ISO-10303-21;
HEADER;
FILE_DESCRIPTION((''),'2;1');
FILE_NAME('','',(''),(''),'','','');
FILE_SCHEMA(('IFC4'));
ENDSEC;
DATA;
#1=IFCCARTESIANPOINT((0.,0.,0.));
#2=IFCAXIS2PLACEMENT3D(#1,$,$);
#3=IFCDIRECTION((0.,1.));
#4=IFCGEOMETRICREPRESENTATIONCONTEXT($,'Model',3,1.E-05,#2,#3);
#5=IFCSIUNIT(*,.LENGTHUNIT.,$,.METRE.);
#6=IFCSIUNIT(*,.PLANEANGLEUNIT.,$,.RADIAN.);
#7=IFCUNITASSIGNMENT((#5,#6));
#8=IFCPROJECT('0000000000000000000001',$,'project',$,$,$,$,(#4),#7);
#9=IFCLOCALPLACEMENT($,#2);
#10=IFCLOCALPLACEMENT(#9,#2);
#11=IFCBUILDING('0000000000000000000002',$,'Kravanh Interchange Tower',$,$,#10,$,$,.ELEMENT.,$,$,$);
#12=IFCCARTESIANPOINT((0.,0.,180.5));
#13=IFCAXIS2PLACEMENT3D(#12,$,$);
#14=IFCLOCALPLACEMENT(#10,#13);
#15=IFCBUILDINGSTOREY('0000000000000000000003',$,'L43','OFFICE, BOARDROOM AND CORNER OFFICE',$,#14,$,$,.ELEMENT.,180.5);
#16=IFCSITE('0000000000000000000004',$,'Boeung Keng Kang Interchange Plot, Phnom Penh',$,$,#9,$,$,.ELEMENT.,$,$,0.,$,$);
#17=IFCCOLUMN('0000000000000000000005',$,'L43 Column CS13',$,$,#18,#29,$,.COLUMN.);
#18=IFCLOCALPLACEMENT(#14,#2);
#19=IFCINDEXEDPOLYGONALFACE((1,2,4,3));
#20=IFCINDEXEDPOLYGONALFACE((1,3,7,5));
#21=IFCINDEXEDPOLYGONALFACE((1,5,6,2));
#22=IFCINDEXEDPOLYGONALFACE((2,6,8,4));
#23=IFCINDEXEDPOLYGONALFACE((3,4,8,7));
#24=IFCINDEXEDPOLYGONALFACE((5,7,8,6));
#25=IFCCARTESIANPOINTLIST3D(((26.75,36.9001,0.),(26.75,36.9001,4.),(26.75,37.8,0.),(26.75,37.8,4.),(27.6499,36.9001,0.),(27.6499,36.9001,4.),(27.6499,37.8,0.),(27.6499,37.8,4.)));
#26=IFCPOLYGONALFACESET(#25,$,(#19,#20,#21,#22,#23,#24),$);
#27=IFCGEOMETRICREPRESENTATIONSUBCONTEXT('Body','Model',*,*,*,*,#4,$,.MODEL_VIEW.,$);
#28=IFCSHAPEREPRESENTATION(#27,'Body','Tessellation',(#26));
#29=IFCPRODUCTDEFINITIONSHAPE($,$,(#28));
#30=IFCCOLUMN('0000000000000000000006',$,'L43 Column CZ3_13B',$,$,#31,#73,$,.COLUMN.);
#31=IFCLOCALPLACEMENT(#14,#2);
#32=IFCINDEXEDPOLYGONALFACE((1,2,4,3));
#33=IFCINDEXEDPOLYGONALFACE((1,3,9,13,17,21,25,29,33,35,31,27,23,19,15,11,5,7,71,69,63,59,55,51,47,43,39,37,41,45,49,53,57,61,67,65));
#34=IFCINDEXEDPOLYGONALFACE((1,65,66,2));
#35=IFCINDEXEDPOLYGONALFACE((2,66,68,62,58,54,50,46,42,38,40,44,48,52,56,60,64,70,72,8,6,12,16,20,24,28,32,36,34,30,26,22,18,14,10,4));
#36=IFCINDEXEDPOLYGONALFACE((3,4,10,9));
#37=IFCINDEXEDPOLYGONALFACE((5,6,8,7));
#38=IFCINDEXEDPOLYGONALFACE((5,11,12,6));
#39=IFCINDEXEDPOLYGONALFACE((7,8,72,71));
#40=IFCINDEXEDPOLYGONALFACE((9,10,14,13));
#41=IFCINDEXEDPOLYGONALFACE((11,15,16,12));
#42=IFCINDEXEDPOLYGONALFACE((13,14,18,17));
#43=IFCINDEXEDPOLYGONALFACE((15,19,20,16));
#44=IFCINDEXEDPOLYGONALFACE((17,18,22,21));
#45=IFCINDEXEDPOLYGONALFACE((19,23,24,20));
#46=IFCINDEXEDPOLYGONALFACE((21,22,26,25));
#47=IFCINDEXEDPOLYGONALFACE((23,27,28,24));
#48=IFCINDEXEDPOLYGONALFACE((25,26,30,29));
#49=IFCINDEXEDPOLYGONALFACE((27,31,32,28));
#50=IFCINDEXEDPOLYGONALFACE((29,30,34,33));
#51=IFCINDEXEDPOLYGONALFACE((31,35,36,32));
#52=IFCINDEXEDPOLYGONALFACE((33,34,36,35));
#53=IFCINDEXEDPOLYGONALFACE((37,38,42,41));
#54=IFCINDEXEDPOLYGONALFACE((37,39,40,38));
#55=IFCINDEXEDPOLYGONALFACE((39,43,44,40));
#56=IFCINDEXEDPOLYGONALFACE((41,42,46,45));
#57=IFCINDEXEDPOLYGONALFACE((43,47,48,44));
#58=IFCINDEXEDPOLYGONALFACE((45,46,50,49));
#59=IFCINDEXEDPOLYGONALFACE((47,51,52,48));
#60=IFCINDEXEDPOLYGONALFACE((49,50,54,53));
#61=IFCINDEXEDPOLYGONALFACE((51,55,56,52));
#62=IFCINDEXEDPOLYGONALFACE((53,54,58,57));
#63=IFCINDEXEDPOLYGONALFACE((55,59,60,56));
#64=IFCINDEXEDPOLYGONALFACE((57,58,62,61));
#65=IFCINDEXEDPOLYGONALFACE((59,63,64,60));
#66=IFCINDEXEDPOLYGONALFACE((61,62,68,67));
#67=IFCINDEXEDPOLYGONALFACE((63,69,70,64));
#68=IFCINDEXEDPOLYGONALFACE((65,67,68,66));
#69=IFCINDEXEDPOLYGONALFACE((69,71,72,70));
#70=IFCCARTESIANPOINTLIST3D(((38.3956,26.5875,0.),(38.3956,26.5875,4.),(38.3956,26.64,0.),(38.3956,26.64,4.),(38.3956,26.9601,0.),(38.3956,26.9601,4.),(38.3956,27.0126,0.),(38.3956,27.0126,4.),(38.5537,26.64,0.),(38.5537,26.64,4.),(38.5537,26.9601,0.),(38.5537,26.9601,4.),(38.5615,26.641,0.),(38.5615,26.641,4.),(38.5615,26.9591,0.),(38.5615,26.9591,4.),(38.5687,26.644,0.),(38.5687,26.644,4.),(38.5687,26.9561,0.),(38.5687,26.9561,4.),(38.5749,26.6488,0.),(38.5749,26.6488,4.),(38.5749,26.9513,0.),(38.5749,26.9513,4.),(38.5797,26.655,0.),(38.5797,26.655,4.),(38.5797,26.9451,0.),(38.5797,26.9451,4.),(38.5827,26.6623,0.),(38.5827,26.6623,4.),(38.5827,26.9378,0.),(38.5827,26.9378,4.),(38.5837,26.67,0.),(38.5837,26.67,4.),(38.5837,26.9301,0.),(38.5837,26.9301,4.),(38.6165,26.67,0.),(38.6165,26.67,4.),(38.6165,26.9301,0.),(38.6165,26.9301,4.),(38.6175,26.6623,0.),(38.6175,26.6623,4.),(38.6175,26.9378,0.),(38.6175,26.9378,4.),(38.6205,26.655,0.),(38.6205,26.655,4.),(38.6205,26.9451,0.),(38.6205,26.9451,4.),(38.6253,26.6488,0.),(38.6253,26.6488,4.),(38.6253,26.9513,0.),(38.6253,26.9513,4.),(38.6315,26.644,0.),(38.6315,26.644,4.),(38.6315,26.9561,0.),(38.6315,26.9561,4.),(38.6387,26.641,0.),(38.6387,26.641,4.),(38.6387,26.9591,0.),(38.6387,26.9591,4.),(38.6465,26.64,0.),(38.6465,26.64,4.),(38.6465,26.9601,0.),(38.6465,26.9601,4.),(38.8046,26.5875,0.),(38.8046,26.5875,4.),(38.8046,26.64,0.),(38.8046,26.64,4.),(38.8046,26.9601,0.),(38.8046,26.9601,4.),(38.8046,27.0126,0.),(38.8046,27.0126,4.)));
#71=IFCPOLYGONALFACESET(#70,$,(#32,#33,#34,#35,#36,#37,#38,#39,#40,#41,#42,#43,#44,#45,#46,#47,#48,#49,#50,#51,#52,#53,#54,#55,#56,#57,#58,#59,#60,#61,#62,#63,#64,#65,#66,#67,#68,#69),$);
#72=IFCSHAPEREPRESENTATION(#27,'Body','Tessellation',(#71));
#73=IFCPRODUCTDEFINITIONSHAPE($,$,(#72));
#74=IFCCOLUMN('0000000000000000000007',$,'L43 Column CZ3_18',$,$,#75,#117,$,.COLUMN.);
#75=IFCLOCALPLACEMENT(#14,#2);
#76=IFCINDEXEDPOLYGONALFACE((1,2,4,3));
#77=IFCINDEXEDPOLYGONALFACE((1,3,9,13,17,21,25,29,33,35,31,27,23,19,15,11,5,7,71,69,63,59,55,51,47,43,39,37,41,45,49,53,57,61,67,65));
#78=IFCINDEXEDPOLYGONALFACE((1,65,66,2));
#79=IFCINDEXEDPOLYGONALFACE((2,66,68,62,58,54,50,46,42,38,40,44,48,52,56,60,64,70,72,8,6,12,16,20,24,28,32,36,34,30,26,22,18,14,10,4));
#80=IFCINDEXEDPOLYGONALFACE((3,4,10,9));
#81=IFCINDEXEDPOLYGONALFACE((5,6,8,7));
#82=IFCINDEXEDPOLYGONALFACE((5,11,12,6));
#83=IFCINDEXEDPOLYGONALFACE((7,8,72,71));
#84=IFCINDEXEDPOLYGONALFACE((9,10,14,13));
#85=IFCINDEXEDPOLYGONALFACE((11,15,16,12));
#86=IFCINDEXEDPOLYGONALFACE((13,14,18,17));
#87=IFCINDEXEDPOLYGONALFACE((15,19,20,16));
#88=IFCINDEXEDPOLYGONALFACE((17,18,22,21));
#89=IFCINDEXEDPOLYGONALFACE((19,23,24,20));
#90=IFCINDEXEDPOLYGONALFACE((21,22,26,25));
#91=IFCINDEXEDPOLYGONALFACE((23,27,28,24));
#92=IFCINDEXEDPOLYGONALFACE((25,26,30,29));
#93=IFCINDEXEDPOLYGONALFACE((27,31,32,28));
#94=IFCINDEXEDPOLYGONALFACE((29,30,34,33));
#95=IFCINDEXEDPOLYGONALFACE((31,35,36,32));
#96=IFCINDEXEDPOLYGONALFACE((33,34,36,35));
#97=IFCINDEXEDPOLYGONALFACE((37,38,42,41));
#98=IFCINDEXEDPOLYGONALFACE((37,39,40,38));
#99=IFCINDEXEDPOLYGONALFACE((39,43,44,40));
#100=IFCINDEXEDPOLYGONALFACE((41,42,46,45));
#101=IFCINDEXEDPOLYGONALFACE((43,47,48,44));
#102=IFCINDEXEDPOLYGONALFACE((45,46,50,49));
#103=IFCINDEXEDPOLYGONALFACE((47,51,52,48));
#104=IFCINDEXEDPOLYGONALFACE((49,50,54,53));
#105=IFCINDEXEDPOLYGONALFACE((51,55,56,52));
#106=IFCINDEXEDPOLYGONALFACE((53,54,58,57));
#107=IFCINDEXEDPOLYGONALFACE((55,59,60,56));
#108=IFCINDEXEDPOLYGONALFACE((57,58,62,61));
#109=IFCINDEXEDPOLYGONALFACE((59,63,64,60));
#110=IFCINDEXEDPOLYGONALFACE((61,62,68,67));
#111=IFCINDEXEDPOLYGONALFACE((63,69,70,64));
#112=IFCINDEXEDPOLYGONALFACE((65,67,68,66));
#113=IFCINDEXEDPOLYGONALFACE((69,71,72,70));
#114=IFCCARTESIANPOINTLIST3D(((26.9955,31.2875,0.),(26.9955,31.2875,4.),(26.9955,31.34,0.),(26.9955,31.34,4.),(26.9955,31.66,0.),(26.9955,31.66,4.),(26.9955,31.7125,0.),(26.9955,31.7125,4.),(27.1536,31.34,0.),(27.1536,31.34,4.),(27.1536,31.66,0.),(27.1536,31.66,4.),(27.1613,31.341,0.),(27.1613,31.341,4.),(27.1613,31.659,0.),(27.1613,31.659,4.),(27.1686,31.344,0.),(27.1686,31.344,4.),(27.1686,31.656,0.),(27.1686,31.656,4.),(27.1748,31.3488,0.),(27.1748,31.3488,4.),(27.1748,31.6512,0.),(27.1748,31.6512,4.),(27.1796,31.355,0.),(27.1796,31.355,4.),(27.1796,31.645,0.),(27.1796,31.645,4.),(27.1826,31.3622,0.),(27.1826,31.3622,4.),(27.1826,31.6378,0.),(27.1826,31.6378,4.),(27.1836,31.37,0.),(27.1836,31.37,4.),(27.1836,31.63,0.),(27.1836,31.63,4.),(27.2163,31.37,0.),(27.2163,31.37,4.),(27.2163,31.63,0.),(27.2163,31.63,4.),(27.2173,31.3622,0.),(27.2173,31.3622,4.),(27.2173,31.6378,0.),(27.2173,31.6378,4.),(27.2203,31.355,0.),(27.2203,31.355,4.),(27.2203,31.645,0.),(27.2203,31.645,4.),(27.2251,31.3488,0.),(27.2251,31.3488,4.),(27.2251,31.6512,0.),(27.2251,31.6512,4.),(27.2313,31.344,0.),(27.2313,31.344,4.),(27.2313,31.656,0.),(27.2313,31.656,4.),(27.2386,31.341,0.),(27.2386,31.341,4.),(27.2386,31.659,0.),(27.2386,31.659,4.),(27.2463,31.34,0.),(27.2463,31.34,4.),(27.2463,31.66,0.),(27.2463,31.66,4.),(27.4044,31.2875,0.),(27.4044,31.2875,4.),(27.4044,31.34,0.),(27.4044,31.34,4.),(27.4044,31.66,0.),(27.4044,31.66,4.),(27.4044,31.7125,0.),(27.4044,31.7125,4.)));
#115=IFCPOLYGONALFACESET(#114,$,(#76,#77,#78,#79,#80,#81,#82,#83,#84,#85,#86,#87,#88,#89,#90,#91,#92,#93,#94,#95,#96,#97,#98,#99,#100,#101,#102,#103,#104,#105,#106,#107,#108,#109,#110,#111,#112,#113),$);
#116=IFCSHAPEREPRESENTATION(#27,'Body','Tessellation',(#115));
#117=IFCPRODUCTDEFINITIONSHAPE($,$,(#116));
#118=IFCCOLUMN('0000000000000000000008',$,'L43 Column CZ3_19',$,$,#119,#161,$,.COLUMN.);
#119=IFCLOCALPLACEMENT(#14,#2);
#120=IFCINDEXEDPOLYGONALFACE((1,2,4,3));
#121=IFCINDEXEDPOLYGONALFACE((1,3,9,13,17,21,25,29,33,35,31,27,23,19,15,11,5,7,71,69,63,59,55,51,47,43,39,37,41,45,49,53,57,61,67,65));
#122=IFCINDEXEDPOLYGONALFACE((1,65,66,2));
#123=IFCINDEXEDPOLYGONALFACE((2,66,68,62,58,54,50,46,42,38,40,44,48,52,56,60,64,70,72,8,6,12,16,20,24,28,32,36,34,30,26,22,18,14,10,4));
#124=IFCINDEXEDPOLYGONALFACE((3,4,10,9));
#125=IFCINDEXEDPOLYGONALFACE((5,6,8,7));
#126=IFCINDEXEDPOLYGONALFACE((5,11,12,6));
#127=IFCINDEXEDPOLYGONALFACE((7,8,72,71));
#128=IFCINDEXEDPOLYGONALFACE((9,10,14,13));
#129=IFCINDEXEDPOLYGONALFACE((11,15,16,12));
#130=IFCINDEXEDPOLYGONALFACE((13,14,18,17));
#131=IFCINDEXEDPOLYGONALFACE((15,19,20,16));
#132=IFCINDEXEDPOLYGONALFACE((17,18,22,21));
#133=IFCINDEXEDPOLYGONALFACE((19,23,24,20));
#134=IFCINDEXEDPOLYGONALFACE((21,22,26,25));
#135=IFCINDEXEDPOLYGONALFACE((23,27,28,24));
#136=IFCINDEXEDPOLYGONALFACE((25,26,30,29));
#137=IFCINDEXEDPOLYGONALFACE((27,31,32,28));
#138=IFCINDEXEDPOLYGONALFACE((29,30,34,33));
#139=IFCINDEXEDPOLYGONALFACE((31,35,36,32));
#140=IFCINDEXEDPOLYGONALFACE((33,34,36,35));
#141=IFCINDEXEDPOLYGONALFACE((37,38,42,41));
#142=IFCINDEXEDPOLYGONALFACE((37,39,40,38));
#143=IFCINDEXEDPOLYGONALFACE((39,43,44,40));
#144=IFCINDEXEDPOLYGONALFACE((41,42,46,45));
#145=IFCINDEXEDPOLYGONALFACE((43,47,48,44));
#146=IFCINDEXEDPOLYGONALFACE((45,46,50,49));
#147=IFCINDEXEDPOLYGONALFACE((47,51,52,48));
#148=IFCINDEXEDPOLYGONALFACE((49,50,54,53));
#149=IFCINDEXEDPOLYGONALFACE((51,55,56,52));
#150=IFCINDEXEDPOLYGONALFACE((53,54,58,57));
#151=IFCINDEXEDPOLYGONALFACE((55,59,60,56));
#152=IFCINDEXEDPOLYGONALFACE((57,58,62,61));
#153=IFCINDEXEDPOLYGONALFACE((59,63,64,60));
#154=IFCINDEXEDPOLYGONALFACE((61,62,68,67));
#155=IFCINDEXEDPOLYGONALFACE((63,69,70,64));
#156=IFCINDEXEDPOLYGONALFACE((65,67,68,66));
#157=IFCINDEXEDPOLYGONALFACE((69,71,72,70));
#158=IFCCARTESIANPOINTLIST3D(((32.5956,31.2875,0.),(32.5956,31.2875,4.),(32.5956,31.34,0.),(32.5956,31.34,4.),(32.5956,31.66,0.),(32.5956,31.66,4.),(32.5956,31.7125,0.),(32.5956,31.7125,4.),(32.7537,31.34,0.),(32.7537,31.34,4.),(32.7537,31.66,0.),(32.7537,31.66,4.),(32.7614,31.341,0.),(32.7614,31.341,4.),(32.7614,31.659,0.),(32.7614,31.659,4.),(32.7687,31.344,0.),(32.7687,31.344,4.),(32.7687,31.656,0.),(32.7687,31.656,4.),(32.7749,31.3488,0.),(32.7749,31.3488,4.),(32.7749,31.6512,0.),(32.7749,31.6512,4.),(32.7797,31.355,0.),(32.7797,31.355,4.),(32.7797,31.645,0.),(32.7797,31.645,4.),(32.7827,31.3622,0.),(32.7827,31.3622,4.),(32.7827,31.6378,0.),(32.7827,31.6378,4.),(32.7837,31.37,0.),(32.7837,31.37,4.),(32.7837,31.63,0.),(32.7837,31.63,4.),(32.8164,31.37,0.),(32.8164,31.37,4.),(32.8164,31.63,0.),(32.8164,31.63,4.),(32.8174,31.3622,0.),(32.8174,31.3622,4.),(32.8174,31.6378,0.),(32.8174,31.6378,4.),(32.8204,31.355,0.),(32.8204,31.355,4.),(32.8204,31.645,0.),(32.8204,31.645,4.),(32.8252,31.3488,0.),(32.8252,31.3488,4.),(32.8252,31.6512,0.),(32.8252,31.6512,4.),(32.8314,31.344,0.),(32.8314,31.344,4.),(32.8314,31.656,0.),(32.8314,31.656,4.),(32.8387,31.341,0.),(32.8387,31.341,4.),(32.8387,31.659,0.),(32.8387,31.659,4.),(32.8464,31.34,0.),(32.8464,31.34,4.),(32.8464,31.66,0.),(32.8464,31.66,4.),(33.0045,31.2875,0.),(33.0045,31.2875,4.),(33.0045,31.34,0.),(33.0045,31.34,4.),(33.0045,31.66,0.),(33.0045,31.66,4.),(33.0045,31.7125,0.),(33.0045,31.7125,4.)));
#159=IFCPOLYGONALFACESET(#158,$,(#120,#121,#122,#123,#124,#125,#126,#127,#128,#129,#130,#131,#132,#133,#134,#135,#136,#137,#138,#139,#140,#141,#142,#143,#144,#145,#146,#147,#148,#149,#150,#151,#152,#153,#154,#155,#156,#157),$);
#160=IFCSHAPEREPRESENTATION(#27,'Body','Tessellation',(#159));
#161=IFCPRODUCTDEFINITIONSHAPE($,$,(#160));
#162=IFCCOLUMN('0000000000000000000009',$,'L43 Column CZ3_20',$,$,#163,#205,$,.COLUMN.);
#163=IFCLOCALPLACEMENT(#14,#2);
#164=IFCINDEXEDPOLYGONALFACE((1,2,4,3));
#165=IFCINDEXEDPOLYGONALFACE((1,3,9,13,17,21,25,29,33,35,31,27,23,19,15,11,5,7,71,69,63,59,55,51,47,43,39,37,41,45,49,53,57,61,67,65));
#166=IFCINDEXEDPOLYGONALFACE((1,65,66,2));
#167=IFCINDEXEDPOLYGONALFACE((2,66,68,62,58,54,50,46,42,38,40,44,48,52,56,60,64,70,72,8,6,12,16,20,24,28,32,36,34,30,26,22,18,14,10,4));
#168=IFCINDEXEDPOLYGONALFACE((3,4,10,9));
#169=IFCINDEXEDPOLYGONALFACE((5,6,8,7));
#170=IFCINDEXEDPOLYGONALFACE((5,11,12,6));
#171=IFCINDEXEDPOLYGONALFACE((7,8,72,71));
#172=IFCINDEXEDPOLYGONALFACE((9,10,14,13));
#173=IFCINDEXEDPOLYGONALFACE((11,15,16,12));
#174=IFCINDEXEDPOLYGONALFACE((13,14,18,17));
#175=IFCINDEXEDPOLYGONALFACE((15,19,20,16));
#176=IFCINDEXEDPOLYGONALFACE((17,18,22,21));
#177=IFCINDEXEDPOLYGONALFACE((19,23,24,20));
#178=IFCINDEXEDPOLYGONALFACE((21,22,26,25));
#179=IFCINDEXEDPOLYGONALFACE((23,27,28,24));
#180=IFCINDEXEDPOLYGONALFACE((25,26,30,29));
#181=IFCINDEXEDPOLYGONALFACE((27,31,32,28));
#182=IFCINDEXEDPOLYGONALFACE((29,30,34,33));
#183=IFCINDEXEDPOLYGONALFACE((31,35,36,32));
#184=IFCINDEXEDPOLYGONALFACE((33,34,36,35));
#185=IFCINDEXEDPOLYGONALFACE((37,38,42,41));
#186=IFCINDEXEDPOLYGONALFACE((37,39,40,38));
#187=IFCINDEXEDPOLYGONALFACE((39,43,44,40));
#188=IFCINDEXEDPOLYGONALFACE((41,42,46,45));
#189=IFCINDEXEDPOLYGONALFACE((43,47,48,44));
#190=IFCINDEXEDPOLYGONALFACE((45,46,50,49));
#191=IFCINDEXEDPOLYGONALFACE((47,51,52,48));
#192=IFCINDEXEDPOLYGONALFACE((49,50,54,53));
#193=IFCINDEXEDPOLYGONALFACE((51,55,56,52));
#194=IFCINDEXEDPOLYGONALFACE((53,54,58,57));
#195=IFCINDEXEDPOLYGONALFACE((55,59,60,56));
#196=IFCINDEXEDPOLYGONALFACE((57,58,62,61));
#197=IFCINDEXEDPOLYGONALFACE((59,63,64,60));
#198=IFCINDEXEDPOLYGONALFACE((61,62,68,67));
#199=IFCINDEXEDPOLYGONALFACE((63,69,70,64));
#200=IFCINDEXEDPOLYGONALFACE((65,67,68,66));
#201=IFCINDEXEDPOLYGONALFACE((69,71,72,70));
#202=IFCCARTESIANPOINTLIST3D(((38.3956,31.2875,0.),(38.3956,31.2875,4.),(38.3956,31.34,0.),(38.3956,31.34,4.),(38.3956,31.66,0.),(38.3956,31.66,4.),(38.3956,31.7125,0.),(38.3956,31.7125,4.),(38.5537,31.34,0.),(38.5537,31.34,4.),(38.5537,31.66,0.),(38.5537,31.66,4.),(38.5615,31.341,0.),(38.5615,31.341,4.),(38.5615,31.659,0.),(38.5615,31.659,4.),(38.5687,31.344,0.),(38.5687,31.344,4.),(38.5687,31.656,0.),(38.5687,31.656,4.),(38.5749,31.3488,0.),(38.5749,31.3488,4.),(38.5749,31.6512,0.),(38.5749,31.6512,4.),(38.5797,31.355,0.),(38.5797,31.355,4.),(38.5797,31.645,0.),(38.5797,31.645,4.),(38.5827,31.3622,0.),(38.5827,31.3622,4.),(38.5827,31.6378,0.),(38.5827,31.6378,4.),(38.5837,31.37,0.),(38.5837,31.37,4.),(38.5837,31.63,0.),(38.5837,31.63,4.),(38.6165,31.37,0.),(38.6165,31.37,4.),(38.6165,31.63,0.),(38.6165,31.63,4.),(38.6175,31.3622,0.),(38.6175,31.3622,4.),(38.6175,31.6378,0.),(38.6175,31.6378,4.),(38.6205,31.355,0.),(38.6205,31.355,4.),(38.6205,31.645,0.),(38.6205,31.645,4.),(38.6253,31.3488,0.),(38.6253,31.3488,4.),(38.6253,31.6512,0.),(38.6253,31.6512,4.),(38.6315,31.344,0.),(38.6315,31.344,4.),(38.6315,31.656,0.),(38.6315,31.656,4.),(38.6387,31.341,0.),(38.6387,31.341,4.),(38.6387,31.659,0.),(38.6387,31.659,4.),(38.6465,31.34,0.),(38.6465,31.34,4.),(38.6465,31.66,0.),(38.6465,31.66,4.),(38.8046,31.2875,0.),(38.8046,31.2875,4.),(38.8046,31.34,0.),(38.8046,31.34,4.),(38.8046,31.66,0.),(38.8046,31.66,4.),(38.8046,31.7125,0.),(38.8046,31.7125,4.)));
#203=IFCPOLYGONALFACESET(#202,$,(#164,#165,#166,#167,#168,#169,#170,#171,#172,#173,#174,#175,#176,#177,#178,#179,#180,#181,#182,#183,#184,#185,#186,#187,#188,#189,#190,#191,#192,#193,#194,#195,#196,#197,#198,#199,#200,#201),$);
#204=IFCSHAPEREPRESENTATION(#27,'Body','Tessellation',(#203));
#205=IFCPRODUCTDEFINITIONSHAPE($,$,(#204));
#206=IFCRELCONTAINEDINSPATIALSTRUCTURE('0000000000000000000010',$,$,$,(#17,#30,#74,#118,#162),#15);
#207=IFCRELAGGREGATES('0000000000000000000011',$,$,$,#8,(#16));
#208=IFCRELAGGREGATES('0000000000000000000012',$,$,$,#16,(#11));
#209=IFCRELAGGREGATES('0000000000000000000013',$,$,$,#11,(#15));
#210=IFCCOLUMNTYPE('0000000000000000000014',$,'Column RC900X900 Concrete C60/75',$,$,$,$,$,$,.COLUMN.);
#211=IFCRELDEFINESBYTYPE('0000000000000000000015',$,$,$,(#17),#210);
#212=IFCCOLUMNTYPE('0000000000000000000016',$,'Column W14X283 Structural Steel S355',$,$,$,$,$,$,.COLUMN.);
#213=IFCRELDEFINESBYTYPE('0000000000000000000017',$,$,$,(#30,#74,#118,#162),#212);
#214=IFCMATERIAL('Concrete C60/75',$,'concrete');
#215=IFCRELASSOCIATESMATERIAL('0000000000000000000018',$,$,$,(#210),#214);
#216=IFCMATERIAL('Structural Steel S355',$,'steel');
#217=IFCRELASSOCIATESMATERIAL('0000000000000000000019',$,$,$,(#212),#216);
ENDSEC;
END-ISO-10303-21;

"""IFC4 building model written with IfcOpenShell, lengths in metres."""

from ifc_helpers import new_model, si_unit, direction, frame, origin, origin_2d, place, context, subcontext, project, spatial, rectangle, i_section, extrude, material, material_profile, profile_set, type_object, element, save


model = new_model("IFC4")

# Units and contexts
model_context = context("Model", 3, precision=1e-05, world=origin(), true_north=direction((0.0, 1.0)))
body_context = subcontext(model_context, "Body", "Model", "MODEL_VIEW")
ifc_project = project(units=[si_unit("LENGTHUNIT", "METRE"), si_unit("PLANEANGLEUNIT", "RADIAN")], contexts=[model_context])

# Site, building, storey
site_placement = place(None, origin())
site = spatial("IfcSite", under=ifc_project, at=site_placement, Name="Boeung Keng Kang Interchange Plot, Phnom Penh", CompositionType="ELEMENT", RefElevation=0.0)
building_placement = place(site_placement, origin())
building = spatial("IfcBuilding", under=site, at=building_placement, Name="Kravanh Interchange Tower", CompositionType="ELEMENT")
storey_placement = place(building_placement, frame((0.0, 0.0, 180.5)))
storey = spatial("IfcBuildingStorey", under=building, at=storey_placement, Name="L43", Description="OFFICE, BOARDROOM AND CORNER OFFICE", CompositionType="ELEMENT", Elevation=180.5)

# Columns
ifc_material_1 = material(Name="Concrete C60/75", Category="concrete")
ifc_material_profile_1 = material_profile(ifc_material_1, rectangle(XDim=0.8999, YDim=0.8999, at=origin_2d()), Name="RC900X900")
ifc_profile_set_1 = profile_set([ifc_material_profile_1], Name="Concrete C60/75")
column_type_1 = type_object("IfcColumnType", Name="Column RC900X900 Concrete C60/75", PredefinedType="COLUMN", material=ifc_profile_set_1)
column_placement = place(storey_placement, frame((27.2, 37.3501, 0.0), z_axis=(0.0, 0.0, 1.0), x_axis=(1.0, 0.0, 0.0)))
element("IfcColumn", 1, at=column_placement, inside=storey, type_object=column_type_1, Name="L43 Column CS13", PredefinedType="COLUMN", context=body_context, shape_type="SweptSolid", body=[
    extrude(rectangle(XDim=0.8999, YDim=0.8999, at=origin_2d()), origin(), (0.0, 0.0, 1.0), 4.0),
])
ifc_material_2 = material(Name="Structural Steel S355", Category="steel")
ifc_material_profile_2 = material_profile(ifc_material_2, i_section(OverallWidth=0.4089, OverallDepth=0.425, WebThickness=0.0327, FlangeThickness=0.0525, FilletRadius=0.03, at=origin_2d()), Name="W14X283")
ifc_profile_set_2 = profile_set([ifc_material_profile_2], Name="Structural Steel S355")
column_type_2 = type_object("IfcColumnType", Name="Column W14X283 Structural Steel S355", PredefinedType="COLUMN", material=ifc_profile_set_2)
for number, where, z_axis, x_axis, name in (
    (2, (38.6001, 26.8, 0.0), (0.0, 0.0, 1.0), (1.0, 0.0, 0.0), "L43 Column CZ3_13B"),
    (3, (27.2, 31.5, 0.0), (0.0, 0.0, 1.0), (1.0, 0.0, 0.0), "L43 Column CZ3_18"),
    (4, (32.8, 31.5, 0.0), (0.0, 0.0, 1.0), (1.0, 0.0, 0.0), "L43 Column CZ3_19"),
    (5, (38.6001, 31.5, 0.0), (0.0, 0.0, 1.0), (1.0, 0.0, 0.0), "L43 Column CZ3_20"),
):
    element("IfcColumn", number, at=place(storey_placement, frame(where, z_axis=z_axis, x_axis=x_axis)), inside=storey, type_object=column_type_2, Name=name, PredefinedType="COLUMN", context=body_context, shape_type="SweptSolid", body=[
        extrude(i_section(OverallWidth=0.4089, OverallDepth=0.425, WebThickness=0.0327, FlangeThickness=0.0525, FilletRadius=0.03, at=origin_2d()), origin(), (0.0, 0.0, 1.0), 4.0),
    ])

save(model, "model.ifc")
